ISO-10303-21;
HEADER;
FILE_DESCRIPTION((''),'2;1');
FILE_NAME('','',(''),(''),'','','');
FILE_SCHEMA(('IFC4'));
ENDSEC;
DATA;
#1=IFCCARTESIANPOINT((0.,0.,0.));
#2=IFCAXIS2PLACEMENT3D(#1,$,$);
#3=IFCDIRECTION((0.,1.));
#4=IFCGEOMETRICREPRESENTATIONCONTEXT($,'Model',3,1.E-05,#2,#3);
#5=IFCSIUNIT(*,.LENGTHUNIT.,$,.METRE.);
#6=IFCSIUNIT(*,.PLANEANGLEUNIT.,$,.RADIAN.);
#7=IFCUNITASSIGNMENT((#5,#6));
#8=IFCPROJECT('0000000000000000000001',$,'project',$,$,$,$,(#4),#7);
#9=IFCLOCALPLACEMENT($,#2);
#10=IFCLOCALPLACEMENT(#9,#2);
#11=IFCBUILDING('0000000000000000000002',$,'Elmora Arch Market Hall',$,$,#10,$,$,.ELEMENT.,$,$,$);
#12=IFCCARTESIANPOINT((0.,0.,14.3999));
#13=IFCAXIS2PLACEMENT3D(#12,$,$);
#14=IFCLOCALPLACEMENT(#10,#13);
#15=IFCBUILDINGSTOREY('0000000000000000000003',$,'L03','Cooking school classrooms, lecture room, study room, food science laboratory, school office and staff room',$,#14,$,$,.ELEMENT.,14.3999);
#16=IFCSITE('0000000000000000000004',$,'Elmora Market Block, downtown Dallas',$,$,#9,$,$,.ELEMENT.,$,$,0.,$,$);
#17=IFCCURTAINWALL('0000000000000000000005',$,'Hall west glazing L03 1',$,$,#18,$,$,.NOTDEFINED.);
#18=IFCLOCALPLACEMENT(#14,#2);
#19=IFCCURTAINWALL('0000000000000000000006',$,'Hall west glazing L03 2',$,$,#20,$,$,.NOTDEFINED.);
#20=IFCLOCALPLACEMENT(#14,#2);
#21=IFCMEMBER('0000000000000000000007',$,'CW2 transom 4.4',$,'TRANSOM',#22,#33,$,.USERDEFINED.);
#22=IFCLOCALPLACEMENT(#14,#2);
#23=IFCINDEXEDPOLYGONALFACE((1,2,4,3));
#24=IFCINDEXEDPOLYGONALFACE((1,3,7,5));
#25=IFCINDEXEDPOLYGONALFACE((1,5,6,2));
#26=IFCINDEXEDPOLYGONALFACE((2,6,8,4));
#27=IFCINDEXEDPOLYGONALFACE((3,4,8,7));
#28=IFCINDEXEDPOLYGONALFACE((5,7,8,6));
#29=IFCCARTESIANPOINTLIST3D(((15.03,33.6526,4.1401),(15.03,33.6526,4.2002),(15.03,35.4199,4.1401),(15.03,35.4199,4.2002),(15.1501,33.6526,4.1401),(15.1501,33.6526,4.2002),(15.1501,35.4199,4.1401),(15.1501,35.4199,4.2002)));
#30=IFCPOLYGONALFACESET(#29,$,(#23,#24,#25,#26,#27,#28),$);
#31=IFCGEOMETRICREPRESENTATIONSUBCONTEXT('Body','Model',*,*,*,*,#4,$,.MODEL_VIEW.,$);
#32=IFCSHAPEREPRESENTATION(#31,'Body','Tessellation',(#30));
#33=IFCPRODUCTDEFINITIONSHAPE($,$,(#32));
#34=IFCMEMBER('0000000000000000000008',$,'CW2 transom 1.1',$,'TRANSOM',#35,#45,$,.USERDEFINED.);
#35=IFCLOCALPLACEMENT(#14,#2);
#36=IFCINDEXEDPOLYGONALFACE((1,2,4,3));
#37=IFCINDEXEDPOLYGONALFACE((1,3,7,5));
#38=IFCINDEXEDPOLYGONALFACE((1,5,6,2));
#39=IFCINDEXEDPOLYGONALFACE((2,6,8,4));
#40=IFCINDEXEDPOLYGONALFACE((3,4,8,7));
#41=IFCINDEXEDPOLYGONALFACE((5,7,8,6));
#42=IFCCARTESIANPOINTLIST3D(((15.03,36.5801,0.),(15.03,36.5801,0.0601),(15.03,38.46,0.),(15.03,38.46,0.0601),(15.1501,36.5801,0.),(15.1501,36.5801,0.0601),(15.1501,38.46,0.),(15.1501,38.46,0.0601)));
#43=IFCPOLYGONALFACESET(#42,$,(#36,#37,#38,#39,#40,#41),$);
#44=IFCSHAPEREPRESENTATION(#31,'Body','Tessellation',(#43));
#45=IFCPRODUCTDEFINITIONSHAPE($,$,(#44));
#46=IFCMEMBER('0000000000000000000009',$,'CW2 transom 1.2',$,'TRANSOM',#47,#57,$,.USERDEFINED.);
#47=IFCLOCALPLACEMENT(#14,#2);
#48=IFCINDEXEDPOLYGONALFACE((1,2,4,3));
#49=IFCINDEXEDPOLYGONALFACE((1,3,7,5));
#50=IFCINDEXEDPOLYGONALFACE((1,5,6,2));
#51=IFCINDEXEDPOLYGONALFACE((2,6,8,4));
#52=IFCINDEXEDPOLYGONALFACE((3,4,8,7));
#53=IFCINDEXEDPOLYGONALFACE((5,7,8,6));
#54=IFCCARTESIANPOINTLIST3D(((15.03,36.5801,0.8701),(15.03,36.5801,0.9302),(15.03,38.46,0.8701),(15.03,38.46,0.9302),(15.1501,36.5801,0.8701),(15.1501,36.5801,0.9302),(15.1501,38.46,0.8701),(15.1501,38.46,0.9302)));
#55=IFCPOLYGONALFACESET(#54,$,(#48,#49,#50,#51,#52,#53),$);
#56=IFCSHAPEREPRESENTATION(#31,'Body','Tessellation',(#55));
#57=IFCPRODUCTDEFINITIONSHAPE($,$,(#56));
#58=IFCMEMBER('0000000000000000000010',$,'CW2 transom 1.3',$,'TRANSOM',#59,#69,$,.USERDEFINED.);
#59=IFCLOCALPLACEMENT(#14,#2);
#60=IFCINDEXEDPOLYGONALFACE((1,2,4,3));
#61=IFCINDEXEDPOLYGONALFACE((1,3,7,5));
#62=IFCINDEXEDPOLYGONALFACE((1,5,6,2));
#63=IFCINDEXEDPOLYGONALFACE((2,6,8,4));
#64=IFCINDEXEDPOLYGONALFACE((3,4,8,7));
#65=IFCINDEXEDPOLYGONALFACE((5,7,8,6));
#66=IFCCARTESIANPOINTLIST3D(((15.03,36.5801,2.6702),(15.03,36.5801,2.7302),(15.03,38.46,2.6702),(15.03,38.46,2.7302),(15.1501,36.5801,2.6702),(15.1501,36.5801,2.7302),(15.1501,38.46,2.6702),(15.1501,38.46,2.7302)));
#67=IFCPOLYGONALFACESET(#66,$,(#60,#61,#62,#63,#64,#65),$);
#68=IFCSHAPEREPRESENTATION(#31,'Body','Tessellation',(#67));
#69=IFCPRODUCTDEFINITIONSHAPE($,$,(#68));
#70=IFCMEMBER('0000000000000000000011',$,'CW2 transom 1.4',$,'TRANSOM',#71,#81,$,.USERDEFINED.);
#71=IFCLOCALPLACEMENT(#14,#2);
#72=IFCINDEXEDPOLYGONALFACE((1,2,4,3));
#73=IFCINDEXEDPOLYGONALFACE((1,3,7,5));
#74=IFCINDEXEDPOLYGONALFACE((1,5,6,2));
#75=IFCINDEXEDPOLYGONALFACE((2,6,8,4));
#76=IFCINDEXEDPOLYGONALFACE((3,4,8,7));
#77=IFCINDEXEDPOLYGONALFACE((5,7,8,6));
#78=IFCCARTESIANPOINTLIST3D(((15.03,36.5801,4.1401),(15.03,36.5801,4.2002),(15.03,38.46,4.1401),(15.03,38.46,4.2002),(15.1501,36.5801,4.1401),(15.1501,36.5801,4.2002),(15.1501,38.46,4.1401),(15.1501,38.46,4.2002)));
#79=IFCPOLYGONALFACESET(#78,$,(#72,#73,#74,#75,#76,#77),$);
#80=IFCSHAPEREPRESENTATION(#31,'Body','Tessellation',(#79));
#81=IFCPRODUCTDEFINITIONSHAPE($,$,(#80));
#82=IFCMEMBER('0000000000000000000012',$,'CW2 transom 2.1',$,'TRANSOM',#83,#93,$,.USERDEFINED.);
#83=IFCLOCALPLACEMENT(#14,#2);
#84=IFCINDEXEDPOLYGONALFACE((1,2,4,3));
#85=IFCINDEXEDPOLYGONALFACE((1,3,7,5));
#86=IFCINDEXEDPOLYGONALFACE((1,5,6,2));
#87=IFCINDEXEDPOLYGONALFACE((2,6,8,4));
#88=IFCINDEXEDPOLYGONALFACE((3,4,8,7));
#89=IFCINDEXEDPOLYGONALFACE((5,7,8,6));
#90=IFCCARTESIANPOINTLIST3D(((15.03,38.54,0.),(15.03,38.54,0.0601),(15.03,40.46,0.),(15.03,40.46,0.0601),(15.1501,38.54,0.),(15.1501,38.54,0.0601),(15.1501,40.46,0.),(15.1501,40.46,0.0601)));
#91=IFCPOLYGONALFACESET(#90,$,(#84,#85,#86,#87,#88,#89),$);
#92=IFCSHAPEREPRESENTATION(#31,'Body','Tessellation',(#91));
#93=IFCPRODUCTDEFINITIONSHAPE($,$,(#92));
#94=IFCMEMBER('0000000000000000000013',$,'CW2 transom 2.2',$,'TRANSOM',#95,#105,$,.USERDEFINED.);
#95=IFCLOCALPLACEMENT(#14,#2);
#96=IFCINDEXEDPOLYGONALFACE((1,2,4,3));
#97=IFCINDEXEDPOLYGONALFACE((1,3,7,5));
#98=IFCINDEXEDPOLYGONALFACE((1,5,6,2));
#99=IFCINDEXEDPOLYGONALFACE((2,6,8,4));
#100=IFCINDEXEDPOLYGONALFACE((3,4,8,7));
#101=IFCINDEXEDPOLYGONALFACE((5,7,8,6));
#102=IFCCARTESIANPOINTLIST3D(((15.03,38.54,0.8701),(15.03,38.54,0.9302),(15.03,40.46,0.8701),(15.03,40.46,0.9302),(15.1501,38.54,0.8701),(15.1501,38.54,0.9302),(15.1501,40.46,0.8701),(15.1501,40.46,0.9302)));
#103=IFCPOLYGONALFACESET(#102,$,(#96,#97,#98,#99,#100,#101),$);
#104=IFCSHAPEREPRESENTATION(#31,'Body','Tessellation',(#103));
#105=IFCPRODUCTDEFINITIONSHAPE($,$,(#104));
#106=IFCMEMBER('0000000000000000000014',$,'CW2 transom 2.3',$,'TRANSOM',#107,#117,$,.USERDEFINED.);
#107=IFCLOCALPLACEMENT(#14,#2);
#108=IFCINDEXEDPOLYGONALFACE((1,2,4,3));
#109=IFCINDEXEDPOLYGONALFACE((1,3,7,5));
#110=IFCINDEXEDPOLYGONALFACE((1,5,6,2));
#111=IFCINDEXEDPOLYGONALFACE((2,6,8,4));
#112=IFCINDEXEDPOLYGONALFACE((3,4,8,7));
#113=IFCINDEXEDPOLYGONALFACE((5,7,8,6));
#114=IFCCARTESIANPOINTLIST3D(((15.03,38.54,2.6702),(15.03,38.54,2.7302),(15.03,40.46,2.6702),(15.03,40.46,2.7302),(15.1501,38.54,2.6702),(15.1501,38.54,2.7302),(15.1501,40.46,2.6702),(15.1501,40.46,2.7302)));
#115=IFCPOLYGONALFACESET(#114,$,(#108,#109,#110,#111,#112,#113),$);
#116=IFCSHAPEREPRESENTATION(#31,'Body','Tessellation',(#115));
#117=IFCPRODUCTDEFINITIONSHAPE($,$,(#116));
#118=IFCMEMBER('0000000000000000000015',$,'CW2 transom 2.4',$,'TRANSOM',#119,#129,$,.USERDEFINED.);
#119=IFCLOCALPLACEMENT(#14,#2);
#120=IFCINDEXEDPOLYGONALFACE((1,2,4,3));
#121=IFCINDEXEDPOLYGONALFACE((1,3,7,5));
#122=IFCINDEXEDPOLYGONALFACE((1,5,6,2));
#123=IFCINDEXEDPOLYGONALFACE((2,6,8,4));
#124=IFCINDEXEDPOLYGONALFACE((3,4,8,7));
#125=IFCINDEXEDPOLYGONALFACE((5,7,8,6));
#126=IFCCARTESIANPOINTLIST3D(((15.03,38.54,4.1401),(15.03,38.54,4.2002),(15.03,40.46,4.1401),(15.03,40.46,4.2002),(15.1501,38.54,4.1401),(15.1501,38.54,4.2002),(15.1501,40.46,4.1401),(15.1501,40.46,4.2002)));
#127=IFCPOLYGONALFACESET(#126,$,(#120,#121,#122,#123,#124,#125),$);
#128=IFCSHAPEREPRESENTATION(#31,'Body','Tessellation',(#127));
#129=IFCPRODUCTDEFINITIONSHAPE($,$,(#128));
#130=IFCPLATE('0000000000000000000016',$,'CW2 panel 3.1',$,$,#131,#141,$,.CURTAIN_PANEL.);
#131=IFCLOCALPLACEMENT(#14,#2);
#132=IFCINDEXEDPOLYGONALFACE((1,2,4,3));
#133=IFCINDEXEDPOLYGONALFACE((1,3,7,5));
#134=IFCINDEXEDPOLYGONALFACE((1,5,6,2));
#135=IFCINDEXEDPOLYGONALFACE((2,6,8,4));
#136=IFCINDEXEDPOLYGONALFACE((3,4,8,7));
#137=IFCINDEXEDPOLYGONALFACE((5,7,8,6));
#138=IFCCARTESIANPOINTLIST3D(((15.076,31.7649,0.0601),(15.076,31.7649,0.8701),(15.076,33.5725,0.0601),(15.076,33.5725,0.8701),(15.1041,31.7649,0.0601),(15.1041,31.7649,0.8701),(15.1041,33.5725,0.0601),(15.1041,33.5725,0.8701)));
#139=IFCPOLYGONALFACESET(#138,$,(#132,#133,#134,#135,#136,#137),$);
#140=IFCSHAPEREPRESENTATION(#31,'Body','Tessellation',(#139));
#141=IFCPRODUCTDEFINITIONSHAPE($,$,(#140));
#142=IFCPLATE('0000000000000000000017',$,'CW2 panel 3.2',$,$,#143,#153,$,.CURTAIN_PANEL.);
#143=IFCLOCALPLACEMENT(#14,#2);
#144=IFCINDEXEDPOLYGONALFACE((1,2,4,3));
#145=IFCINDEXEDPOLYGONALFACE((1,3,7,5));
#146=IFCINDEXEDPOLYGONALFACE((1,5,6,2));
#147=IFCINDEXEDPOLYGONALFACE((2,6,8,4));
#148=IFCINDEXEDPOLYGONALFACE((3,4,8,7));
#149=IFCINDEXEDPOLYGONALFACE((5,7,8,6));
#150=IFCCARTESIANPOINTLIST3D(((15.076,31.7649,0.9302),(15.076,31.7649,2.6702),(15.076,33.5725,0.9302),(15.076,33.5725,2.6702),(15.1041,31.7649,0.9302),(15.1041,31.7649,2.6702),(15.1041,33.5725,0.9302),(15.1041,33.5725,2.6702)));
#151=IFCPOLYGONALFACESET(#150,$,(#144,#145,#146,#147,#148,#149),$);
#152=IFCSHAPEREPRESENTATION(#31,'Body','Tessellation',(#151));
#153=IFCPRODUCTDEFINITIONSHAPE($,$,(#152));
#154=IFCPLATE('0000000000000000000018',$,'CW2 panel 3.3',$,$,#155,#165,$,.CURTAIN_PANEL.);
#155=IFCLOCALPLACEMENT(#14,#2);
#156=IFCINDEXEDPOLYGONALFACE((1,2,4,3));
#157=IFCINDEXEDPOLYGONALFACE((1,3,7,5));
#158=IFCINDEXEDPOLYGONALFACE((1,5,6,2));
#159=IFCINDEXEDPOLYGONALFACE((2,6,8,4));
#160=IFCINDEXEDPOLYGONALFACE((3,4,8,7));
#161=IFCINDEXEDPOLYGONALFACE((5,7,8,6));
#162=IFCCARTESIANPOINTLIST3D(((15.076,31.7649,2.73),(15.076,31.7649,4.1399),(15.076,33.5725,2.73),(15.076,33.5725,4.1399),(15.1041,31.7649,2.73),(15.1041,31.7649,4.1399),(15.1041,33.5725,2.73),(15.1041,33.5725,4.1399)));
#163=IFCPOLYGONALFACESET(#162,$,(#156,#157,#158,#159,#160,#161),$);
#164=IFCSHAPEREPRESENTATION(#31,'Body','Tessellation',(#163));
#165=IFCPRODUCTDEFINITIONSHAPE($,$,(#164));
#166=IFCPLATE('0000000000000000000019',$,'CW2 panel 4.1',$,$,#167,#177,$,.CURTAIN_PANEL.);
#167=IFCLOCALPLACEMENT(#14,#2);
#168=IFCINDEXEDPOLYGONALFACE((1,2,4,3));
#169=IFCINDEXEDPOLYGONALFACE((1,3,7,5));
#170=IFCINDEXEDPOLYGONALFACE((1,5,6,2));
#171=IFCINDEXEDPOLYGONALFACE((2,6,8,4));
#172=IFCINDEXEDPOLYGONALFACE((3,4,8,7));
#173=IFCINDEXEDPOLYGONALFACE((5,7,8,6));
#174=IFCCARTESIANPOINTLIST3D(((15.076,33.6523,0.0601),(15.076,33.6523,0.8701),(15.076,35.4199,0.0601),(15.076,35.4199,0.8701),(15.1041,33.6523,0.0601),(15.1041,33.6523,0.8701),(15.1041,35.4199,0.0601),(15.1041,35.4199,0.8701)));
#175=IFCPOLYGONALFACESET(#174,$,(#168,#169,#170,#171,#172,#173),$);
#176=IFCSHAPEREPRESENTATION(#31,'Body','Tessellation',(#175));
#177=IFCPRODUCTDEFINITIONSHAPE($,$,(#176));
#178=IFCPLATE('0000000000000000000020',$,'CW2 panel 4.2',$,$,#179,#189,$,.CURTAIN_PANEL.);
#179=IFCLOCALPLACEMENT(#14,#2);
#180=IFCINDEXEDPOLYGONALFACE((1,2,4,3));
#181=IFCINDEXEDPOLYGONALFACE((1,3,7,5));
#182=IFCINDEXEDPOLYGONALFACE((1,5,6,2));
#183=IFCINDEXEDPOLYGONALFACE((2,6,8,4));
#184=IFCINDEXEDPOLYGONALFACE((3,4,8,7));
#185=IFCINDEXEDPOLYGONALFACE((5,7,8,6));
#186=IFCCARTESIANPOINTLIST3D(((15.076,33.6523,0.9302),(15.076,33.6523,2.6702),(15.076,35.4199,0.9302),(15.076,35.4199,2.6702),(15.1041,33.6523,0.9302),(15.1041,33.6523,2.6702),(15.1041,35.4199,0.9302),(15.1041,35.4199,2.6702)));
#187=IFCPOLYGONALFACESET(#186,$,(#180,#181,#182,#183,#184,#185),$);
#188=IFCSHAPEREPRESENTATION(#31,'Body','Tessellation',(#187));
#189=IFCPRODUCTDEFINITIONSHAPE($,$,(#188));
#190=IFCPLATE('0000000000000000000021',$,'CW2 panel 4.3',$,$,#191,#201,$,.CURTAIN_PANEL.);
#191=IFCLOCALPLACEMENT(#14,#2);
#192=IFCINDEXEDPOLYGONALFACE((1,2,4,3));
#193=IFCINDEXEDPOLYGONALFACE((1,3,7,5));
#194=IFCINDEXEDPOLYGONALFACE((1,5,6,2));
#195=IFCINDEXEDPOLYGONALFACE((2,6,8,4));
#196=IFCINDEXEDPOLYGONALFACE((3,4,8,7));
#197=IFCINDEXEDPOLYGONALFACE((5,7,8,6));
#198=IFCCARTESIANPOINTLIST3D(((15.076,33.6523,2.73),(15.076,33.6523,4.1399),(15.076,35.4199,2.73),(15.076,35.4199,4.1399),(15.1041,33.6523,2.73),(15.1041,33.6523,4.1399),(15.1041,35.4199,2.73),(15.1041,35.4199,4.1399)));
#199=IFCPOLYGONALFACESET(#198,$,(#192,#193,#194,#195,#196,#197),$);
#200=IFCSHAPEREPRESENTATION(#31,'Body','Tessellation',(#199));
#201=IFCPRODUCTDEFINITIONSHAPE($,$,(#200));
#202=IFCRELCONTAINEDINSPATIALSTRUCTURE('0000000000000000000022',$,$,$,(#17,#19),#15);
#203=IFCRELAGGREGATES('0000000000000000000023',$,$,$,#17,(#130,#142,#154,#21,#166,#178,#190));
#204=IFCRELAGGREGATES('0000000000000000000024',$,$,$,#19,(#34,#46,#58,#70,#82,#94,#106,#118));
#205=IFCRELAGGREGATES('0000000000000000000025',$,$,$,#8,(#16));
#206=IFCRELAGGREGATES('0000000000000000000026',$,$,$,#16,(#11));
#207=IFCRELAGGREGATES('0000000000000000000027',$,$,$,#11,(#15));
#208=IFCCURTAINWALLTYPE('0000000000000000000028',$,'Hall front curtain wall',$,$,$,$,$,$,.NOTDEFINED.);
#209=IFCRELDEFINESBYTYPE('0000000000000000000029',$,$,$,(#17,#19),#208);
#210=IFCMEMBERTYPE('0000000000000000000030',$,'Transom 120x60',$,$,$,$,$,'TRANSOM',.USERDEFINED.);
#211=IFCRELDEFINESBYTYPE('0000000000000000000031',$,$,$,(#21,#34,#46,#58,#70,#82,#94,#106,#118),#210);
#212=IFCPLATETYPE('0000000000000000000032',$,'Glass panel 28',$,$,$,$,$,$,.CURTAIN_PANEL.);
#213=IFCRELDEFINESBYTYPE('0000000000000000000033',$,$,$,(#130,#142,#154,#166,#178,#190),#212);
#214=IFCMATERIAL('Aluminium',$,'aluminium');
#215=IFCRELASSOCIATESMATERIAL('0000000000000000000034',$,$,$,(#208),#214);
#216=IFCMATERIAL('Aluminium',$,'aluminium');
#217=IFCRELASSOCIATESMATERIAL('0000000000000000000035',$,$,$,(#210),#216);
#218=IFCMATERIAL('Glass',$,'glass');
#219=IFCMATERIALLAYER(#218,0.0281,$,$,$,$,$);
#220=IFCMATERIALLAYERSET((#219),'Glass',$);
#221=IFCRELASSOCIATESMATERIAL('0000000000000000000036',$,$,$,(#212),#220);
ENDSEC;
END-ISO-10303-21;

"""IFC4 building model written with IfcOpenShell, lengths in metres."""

from ifc_helpers import new_model, si_unit, direction, frame, origin, origin_2d, place, context, subcontext, project, spatial, rectangle, extrude, material, layer, layer_set, material_profile, profile_set, type_object, element, aggregate, save


model = new_model("IFC4")

# Units and contexts
model_context = context("Model", 3, precision=1e-05, world=origin(), true_north=direction((0.0, 1.0)))
body_context = subcontext(model_context, "Body", "Model", "MODEL_VIEW")
ifc_project = project(units=[si_unit("LENGTHUNIT", "METRE"), si_unit("PLANEANGLEUNIT", "RADIAN")], contexts=[model_context])

# Site, building, storey
site_placement = place(None, origin())
site = spatial("IfcSite", under=ifc_project, at=site_placement, Name="Elmora Market Block, downtown Dallas", CompositionType="ELEMENT", RefElevation=0.0)
building_placement = place(site_placement, origin())
building = spatial("IfcBuilding", under=site, at=building_placement, Name="Elmora Arch Market Hall", CompositionType="ELEMENT")
storey_placement = place(building_placement, frame((0.0, 0.0, 14.3999)))
storey = spatial("IfcBuildingStorey", under=building, at=storey_placement, Name="L03", Description="Cooking school classrooms, lecture room, study room, food science laboratory, school office and staff room", CompositionType="ELEMENT", Elevation=14.3999)

# Curtain walls
ifc_material_1 = material(Name="Aluminium", Category="aluminium")
curtain_wall_type = type_object("IfcCurtainWallType", Name="Hall front curtain wall", PredefinedType="NOTDEFINED", material=ifc_material_1)
curtain_wall_1_placement = place(storey_placement, origin())
curtain_wall_1 = element("IfcCurtainWall", 1, at=curtain_wall_1_placement, inside=storey, type_object=curtain_wall_type, Name="Hall west glazing L03 1", PredefinedType="NOTDEFINED")
curtain_wall_2_placement = place(storey_placement, origin())
curtain_wall_2 = element("IfcCurtainWall", 2, at=curtain_wall_2_placement, inside=storey, type_object=curtain_wall_type, Name="Hall west glazing L03 2", PredefinedType="NOTDEFINED")

# Members
ifc_material_2 = material(Name="Aluminium", Category="aluminium")
ifc_material_profile_1 = material_profile(ifc_material_2, rectangle(XDim=0.1201, YDim=0.0601, at=origin_2d()), Name="AL 120x60")
ifc_profile_set_1 = profile_set([ifc_material_profile_1], Name="Aluminium")
member_type_1 = type_object("IfcMemberType", Name="Transom 120x60", ElementType="TRANSOM", PredefinedType="USERDEFINED", material=ifc_profile_set_1)
member_1_placement = place(storey_placement, frame((15.0901, 33.6526, 4.1702), z_axis=(0.0, 1.0, 0.0), x_axis=(-1.0, 0.0, 0.0)))
member_1 = element("IfcMember", 3, at=member_1_placement, type_object=member_type_1, Name="CW2 transom 4.4", ObjectType="TRANSOM", PredefinedType="USERDEFINED", context=body_context, shape_type="SweptSolid", body=[
    extrude(rectangle(XDim=0.1201, YDim=0.0601, at=origin_2d()), origin(), (0.0, 0.0, 1.0), 1.7673),
])
member_2_placement = place(storey_placement, frame((15.0901, 36.5801, 0.03), z_axis=(0.0, 1.0, 0.0), x_axis=(-1.0, 0.0, 0.0)))
member_2 = element("IfcMember", 4, at=member_2_placement, type_object=member_type_1, Name="CW2 transom 1.1", ObjectType="TRANSOM", PredefinedType="USERDEFINED", context=body_context, shape_type="SweptSolid", body=[
    extrude(rectangle(XDim=0.1201, YDim=0.0601, at=origin_2d()), origin(), (0.0, 0.0, 1.0), 1.8799),
])
member_3_placement = place(storey_placement, frame((15.0901, 36.5801, 0.9001), z_axis=(0.0, 1.0, 0.0), x_axis=(-1.0, 0.0, 0.0)))
member_3 = element("IfcMember", 5, at=member_3_placement, type_object=member_type_1, Name="CW2 transom 1.2", ObjectType="TRANSOM", PredefinedType="USERDEFINED", context=body_context, shape_type="SweptSolid", body=[
    extrude(rectangle(XDim=0.1201, YDim=0.0601, at=origin_2d()), origin(), (0.0, 0.0, 1.0), 1.8799),
])
member_4_placement = place(storey_placement, frame((15.0901, 36.5801, 2.7002), z_axis=(0.0, 1.0, 0.0), x_axis=(-1.0, 0.0, 0.0)))
member_4 = element("IfcMember", 6, at=member_4_placement, type_object=member_type_1, Name="CW2 transom 1.3", ObjectType="TRANSOM", PredefinedType="USERDEFINED", context=body_context, shape_type="SweptSolid", body=[
    extrude(rectangle(XDim=0.1201, YDim=0.0601, at=origin_2d()), origin(), (0.0, 0.0, 1.0), 1.8799),
])
member_5_placement = place(storey_placement, frame((15.0901, 36.5801, 4.1702), z_axis=(0.0, 1.0, 0.0), x_axis=(-1.0, 0.0, 0.0)))
member_5 = element("IfcMember", 7, at=member_5_placement, type_object=member_type_1, Name="CW2 transom 1.4", ObjectType="TRANSOM", PredefinedType="USERDEFINED", context=body_context, shape_type="SweptSolid", body=[
    extrude(rectangle(XDim=0.1201, YDim=0.0601, at=origin_2d()), origin(), (0.0, 0.0, 1.0), 1.8799),
])
member_6_placement = place(storey_placement, frame((15.0901, 38.54, 0.03), z_axis=(0.0, 1.0, 0.0), x_axis=(-1.0, 0.0, 0.0)))
member_6 = element("IfcMember", 8, at=member_6_placement, type_object=member_type_1, Name="CW2 transom 2.1", ObjectType="TRANSOM", PredefinedType="USERDEFINED", context=body_context, shape_type="SweptSolid", body=[
    extrude(rectangle(XDim=0.1201, YDim=0.0601, at=origin_2d()), origin(), (0.0, 0.0, 1.0), 1.9199),
])
member_7_placement = place(storey_placement, frame((15.0901, 38.54, 0.9001), z_axis=(0.0, 1.0, 0.0), x_axis=(-1.0, 0.0, 0.0)))
member_7 = element("IfcMember", 9, at=member_7_placement, type_object=member_type_1, Name="CW2 transom 2.2", ObjectType="TRANSOM", PredefinedType="USERDEFINED", context=body_context, shape_type="SweptSolid", body=[
    extrude(rectangle(XDim=0.1201, YDim=0.0601, at=origin_2d()), origin(), (0.0, 0.0, 1.0), 1.9199),
])
member_8_placement = place(storey_placement, frame((15.0901, 38.54, 2.7002), z_axis=(0.0, 1.0, 0.0), x_axis=(-1.0, 0.0, 0.0)))
member_8 = element("IfcMember", 10, at=member_8_placement, type_object=member_type_1, Name="CW2 transom 2.3", ObjectType="TRANSOM", PredefinedType="USERDEFINED", context=body_context, shape_type="SweptSolid", body=[
    extrude(rectangle(XDim=0.1201, YDim=0.0601, at=origin_2d()), origin(), (0.0, 0.0, 1.0), 1.9199),
])
member_9_placement = place(storey_placement, frame((15.0901, 38.54, 4.1702), z_axis=(0.0, 1.0, 0.0), x_axis=(-1.0, 0.0, 0.0)))
member_9 = element("IfcMember", 11, at=member_9_placement, type_object=member_type_1, Name="CW2 transom 2.4", ObjectType="TRANSOM", PredefinedType="USERDEFINED", context=body_context, shape_type="SweptSolid", body=[
    extrude(rectangle(XDim=0.1201, YDim=0.0601, at=origin_2d()), origin(), (0.0, 0.0, 1.0), 1.9199),
])

# Plates
ifc_material_3 = material(Name="Glass", Category="glass")
ifc_layer = layer(ifc_material_3, 0.0281)
ifc_layer_set = layer_set([ifc_layer], Name="Glass")
plate_type = type_object("IfcPlateType", Name="Glass panel 28", PredefinedType="CURTAIN_PANEL", material=ifc_layer_set)
plate_1_placement = place(storey_placement, frame((15.0901, 32.6687, 0.0601), z_axis=(0.0, 0.0, 1.0), x_axis=(0.0, 1.0, 0.0)))
plate_1 = element("IfcPlate", 12, at=plate_1_placement, type_object=plate_type, Name="CW2 panel 3.1", PredefinedType="CURTAIN_PANEL", context=body_context, shape_type="SweptSolid", body=[
    extrude(rectangle(XDim=1.8076, YDim=0.0281, at=origin_2d()), origin(), (0.0, 0.0, 1.0), 0.8101),
])
plate_2_placement = place(storey_placement, frame((15.0901, 32.6687, 0.9302), z_axis=(0.0, 0.0, 1.0), x_axis=(0.0, 1.0, 0.0)))
plate_2 = element("IfcPlate", 13, at=plate_2_placement, type_object=plate_type, Name="CW2 panel 3.2", PredefinedType="CURTAIN_PANEL", context=body_context, shape_type="SweptSolid", body=[
    extrude(rectangle(XDim=1.8076, YDim=0.0281, at=origin_2d()), origin(), (0.0, 0.0, 1.0), 1.74),
])
plate_3_placement = place(storey_placement, frame((15.0901, 32.6687, 2.73), z_axis=(0.0, 0.0, 1.0), x_axis=(0.0, 1.0, 0.0)))
plate_3 = element("IfcPlate", 14, at=plate_3_placement, type_object=plate_type, Name="CW2 panel 3.3", PredefinedType="CURTAIN_PANEL", context=body_context, shape_type="SweptSolid", body=[
    extrude(rectangle(XDim=1.8076, YDim=0.0281, at=origin_2d()), origin(), (0.0, 0.0, 1.0), 1.4099),
])
plate_4_placement = place(storey_placement, frame((15.0901, 34.5361, 0.0601), z_axis=(0.0, 0.0, 1.0), x_axis=(0.0, 1.0, 0.0)))
plate_4 = element("IfcPlate", 15, at=plate_4_placement, type_object=plate_type, Name="CW2 panel 4.1", PredefinedType="CURTAIN_PANEL", context=body_context, shape_type="SweptSolid", body=[
    extrude(rectangle(XDim=1.7676, YDim=0.0281, at=origin_2d()), origin(), (0.0, 0.0, 1.0), 0.8101),
])
plate_5_placement = place(storey_placement, frame((15.0901, 34.5361, 0.9302), z_axis=(0.0, 0.0, 1.0), x_axis=(0.0, 1.0, 0.0)))
plate_5 = element("IfcPlate", 16, at=plate_5_placement, type_object=plate_type, Name="CW2 panel 4.2", PredefinedType="CURTAIN_PANEL", context=body_context, shape_type="SweptSolid", body=[
    extrude(rectangle(XDim=1.7676, YDim=0.0281, at=origin_2d()), origin(), (0.0, 0.0, 1.0), 1.74),
])
plate_6_placement = place(storey_placement, frame((15.0901, 34.5361, 2.73), z_axis=(0.0, 0.0, 1.0), x_axis=(0.0, 1.0, 0.0)))
plate_6 = element("IfcPlate", 17, at=plate_6_placement, type_object=plate_type, Name="CW2 panel 4.3", PredefinedType="CURTAIN_PANEL", context=body_context, shape_type="SweptSolid", body=[
    extrude(rectangle(XDim=1.7676, YDim=0.0281, at=origin_2d()), origin(), (0.0, 0.0, 1.0), 1.4099),
])
aggregate(curtain_wall_1, [plate_1, plate_2, plate_3, member_1, plate_4, plate_5, plate_6])
aggregate(curtain_wall_2, [member_2, member_3, member_4, member_5, member_6, member_7, member_8, member_9])

save(model, "model.ifc")
